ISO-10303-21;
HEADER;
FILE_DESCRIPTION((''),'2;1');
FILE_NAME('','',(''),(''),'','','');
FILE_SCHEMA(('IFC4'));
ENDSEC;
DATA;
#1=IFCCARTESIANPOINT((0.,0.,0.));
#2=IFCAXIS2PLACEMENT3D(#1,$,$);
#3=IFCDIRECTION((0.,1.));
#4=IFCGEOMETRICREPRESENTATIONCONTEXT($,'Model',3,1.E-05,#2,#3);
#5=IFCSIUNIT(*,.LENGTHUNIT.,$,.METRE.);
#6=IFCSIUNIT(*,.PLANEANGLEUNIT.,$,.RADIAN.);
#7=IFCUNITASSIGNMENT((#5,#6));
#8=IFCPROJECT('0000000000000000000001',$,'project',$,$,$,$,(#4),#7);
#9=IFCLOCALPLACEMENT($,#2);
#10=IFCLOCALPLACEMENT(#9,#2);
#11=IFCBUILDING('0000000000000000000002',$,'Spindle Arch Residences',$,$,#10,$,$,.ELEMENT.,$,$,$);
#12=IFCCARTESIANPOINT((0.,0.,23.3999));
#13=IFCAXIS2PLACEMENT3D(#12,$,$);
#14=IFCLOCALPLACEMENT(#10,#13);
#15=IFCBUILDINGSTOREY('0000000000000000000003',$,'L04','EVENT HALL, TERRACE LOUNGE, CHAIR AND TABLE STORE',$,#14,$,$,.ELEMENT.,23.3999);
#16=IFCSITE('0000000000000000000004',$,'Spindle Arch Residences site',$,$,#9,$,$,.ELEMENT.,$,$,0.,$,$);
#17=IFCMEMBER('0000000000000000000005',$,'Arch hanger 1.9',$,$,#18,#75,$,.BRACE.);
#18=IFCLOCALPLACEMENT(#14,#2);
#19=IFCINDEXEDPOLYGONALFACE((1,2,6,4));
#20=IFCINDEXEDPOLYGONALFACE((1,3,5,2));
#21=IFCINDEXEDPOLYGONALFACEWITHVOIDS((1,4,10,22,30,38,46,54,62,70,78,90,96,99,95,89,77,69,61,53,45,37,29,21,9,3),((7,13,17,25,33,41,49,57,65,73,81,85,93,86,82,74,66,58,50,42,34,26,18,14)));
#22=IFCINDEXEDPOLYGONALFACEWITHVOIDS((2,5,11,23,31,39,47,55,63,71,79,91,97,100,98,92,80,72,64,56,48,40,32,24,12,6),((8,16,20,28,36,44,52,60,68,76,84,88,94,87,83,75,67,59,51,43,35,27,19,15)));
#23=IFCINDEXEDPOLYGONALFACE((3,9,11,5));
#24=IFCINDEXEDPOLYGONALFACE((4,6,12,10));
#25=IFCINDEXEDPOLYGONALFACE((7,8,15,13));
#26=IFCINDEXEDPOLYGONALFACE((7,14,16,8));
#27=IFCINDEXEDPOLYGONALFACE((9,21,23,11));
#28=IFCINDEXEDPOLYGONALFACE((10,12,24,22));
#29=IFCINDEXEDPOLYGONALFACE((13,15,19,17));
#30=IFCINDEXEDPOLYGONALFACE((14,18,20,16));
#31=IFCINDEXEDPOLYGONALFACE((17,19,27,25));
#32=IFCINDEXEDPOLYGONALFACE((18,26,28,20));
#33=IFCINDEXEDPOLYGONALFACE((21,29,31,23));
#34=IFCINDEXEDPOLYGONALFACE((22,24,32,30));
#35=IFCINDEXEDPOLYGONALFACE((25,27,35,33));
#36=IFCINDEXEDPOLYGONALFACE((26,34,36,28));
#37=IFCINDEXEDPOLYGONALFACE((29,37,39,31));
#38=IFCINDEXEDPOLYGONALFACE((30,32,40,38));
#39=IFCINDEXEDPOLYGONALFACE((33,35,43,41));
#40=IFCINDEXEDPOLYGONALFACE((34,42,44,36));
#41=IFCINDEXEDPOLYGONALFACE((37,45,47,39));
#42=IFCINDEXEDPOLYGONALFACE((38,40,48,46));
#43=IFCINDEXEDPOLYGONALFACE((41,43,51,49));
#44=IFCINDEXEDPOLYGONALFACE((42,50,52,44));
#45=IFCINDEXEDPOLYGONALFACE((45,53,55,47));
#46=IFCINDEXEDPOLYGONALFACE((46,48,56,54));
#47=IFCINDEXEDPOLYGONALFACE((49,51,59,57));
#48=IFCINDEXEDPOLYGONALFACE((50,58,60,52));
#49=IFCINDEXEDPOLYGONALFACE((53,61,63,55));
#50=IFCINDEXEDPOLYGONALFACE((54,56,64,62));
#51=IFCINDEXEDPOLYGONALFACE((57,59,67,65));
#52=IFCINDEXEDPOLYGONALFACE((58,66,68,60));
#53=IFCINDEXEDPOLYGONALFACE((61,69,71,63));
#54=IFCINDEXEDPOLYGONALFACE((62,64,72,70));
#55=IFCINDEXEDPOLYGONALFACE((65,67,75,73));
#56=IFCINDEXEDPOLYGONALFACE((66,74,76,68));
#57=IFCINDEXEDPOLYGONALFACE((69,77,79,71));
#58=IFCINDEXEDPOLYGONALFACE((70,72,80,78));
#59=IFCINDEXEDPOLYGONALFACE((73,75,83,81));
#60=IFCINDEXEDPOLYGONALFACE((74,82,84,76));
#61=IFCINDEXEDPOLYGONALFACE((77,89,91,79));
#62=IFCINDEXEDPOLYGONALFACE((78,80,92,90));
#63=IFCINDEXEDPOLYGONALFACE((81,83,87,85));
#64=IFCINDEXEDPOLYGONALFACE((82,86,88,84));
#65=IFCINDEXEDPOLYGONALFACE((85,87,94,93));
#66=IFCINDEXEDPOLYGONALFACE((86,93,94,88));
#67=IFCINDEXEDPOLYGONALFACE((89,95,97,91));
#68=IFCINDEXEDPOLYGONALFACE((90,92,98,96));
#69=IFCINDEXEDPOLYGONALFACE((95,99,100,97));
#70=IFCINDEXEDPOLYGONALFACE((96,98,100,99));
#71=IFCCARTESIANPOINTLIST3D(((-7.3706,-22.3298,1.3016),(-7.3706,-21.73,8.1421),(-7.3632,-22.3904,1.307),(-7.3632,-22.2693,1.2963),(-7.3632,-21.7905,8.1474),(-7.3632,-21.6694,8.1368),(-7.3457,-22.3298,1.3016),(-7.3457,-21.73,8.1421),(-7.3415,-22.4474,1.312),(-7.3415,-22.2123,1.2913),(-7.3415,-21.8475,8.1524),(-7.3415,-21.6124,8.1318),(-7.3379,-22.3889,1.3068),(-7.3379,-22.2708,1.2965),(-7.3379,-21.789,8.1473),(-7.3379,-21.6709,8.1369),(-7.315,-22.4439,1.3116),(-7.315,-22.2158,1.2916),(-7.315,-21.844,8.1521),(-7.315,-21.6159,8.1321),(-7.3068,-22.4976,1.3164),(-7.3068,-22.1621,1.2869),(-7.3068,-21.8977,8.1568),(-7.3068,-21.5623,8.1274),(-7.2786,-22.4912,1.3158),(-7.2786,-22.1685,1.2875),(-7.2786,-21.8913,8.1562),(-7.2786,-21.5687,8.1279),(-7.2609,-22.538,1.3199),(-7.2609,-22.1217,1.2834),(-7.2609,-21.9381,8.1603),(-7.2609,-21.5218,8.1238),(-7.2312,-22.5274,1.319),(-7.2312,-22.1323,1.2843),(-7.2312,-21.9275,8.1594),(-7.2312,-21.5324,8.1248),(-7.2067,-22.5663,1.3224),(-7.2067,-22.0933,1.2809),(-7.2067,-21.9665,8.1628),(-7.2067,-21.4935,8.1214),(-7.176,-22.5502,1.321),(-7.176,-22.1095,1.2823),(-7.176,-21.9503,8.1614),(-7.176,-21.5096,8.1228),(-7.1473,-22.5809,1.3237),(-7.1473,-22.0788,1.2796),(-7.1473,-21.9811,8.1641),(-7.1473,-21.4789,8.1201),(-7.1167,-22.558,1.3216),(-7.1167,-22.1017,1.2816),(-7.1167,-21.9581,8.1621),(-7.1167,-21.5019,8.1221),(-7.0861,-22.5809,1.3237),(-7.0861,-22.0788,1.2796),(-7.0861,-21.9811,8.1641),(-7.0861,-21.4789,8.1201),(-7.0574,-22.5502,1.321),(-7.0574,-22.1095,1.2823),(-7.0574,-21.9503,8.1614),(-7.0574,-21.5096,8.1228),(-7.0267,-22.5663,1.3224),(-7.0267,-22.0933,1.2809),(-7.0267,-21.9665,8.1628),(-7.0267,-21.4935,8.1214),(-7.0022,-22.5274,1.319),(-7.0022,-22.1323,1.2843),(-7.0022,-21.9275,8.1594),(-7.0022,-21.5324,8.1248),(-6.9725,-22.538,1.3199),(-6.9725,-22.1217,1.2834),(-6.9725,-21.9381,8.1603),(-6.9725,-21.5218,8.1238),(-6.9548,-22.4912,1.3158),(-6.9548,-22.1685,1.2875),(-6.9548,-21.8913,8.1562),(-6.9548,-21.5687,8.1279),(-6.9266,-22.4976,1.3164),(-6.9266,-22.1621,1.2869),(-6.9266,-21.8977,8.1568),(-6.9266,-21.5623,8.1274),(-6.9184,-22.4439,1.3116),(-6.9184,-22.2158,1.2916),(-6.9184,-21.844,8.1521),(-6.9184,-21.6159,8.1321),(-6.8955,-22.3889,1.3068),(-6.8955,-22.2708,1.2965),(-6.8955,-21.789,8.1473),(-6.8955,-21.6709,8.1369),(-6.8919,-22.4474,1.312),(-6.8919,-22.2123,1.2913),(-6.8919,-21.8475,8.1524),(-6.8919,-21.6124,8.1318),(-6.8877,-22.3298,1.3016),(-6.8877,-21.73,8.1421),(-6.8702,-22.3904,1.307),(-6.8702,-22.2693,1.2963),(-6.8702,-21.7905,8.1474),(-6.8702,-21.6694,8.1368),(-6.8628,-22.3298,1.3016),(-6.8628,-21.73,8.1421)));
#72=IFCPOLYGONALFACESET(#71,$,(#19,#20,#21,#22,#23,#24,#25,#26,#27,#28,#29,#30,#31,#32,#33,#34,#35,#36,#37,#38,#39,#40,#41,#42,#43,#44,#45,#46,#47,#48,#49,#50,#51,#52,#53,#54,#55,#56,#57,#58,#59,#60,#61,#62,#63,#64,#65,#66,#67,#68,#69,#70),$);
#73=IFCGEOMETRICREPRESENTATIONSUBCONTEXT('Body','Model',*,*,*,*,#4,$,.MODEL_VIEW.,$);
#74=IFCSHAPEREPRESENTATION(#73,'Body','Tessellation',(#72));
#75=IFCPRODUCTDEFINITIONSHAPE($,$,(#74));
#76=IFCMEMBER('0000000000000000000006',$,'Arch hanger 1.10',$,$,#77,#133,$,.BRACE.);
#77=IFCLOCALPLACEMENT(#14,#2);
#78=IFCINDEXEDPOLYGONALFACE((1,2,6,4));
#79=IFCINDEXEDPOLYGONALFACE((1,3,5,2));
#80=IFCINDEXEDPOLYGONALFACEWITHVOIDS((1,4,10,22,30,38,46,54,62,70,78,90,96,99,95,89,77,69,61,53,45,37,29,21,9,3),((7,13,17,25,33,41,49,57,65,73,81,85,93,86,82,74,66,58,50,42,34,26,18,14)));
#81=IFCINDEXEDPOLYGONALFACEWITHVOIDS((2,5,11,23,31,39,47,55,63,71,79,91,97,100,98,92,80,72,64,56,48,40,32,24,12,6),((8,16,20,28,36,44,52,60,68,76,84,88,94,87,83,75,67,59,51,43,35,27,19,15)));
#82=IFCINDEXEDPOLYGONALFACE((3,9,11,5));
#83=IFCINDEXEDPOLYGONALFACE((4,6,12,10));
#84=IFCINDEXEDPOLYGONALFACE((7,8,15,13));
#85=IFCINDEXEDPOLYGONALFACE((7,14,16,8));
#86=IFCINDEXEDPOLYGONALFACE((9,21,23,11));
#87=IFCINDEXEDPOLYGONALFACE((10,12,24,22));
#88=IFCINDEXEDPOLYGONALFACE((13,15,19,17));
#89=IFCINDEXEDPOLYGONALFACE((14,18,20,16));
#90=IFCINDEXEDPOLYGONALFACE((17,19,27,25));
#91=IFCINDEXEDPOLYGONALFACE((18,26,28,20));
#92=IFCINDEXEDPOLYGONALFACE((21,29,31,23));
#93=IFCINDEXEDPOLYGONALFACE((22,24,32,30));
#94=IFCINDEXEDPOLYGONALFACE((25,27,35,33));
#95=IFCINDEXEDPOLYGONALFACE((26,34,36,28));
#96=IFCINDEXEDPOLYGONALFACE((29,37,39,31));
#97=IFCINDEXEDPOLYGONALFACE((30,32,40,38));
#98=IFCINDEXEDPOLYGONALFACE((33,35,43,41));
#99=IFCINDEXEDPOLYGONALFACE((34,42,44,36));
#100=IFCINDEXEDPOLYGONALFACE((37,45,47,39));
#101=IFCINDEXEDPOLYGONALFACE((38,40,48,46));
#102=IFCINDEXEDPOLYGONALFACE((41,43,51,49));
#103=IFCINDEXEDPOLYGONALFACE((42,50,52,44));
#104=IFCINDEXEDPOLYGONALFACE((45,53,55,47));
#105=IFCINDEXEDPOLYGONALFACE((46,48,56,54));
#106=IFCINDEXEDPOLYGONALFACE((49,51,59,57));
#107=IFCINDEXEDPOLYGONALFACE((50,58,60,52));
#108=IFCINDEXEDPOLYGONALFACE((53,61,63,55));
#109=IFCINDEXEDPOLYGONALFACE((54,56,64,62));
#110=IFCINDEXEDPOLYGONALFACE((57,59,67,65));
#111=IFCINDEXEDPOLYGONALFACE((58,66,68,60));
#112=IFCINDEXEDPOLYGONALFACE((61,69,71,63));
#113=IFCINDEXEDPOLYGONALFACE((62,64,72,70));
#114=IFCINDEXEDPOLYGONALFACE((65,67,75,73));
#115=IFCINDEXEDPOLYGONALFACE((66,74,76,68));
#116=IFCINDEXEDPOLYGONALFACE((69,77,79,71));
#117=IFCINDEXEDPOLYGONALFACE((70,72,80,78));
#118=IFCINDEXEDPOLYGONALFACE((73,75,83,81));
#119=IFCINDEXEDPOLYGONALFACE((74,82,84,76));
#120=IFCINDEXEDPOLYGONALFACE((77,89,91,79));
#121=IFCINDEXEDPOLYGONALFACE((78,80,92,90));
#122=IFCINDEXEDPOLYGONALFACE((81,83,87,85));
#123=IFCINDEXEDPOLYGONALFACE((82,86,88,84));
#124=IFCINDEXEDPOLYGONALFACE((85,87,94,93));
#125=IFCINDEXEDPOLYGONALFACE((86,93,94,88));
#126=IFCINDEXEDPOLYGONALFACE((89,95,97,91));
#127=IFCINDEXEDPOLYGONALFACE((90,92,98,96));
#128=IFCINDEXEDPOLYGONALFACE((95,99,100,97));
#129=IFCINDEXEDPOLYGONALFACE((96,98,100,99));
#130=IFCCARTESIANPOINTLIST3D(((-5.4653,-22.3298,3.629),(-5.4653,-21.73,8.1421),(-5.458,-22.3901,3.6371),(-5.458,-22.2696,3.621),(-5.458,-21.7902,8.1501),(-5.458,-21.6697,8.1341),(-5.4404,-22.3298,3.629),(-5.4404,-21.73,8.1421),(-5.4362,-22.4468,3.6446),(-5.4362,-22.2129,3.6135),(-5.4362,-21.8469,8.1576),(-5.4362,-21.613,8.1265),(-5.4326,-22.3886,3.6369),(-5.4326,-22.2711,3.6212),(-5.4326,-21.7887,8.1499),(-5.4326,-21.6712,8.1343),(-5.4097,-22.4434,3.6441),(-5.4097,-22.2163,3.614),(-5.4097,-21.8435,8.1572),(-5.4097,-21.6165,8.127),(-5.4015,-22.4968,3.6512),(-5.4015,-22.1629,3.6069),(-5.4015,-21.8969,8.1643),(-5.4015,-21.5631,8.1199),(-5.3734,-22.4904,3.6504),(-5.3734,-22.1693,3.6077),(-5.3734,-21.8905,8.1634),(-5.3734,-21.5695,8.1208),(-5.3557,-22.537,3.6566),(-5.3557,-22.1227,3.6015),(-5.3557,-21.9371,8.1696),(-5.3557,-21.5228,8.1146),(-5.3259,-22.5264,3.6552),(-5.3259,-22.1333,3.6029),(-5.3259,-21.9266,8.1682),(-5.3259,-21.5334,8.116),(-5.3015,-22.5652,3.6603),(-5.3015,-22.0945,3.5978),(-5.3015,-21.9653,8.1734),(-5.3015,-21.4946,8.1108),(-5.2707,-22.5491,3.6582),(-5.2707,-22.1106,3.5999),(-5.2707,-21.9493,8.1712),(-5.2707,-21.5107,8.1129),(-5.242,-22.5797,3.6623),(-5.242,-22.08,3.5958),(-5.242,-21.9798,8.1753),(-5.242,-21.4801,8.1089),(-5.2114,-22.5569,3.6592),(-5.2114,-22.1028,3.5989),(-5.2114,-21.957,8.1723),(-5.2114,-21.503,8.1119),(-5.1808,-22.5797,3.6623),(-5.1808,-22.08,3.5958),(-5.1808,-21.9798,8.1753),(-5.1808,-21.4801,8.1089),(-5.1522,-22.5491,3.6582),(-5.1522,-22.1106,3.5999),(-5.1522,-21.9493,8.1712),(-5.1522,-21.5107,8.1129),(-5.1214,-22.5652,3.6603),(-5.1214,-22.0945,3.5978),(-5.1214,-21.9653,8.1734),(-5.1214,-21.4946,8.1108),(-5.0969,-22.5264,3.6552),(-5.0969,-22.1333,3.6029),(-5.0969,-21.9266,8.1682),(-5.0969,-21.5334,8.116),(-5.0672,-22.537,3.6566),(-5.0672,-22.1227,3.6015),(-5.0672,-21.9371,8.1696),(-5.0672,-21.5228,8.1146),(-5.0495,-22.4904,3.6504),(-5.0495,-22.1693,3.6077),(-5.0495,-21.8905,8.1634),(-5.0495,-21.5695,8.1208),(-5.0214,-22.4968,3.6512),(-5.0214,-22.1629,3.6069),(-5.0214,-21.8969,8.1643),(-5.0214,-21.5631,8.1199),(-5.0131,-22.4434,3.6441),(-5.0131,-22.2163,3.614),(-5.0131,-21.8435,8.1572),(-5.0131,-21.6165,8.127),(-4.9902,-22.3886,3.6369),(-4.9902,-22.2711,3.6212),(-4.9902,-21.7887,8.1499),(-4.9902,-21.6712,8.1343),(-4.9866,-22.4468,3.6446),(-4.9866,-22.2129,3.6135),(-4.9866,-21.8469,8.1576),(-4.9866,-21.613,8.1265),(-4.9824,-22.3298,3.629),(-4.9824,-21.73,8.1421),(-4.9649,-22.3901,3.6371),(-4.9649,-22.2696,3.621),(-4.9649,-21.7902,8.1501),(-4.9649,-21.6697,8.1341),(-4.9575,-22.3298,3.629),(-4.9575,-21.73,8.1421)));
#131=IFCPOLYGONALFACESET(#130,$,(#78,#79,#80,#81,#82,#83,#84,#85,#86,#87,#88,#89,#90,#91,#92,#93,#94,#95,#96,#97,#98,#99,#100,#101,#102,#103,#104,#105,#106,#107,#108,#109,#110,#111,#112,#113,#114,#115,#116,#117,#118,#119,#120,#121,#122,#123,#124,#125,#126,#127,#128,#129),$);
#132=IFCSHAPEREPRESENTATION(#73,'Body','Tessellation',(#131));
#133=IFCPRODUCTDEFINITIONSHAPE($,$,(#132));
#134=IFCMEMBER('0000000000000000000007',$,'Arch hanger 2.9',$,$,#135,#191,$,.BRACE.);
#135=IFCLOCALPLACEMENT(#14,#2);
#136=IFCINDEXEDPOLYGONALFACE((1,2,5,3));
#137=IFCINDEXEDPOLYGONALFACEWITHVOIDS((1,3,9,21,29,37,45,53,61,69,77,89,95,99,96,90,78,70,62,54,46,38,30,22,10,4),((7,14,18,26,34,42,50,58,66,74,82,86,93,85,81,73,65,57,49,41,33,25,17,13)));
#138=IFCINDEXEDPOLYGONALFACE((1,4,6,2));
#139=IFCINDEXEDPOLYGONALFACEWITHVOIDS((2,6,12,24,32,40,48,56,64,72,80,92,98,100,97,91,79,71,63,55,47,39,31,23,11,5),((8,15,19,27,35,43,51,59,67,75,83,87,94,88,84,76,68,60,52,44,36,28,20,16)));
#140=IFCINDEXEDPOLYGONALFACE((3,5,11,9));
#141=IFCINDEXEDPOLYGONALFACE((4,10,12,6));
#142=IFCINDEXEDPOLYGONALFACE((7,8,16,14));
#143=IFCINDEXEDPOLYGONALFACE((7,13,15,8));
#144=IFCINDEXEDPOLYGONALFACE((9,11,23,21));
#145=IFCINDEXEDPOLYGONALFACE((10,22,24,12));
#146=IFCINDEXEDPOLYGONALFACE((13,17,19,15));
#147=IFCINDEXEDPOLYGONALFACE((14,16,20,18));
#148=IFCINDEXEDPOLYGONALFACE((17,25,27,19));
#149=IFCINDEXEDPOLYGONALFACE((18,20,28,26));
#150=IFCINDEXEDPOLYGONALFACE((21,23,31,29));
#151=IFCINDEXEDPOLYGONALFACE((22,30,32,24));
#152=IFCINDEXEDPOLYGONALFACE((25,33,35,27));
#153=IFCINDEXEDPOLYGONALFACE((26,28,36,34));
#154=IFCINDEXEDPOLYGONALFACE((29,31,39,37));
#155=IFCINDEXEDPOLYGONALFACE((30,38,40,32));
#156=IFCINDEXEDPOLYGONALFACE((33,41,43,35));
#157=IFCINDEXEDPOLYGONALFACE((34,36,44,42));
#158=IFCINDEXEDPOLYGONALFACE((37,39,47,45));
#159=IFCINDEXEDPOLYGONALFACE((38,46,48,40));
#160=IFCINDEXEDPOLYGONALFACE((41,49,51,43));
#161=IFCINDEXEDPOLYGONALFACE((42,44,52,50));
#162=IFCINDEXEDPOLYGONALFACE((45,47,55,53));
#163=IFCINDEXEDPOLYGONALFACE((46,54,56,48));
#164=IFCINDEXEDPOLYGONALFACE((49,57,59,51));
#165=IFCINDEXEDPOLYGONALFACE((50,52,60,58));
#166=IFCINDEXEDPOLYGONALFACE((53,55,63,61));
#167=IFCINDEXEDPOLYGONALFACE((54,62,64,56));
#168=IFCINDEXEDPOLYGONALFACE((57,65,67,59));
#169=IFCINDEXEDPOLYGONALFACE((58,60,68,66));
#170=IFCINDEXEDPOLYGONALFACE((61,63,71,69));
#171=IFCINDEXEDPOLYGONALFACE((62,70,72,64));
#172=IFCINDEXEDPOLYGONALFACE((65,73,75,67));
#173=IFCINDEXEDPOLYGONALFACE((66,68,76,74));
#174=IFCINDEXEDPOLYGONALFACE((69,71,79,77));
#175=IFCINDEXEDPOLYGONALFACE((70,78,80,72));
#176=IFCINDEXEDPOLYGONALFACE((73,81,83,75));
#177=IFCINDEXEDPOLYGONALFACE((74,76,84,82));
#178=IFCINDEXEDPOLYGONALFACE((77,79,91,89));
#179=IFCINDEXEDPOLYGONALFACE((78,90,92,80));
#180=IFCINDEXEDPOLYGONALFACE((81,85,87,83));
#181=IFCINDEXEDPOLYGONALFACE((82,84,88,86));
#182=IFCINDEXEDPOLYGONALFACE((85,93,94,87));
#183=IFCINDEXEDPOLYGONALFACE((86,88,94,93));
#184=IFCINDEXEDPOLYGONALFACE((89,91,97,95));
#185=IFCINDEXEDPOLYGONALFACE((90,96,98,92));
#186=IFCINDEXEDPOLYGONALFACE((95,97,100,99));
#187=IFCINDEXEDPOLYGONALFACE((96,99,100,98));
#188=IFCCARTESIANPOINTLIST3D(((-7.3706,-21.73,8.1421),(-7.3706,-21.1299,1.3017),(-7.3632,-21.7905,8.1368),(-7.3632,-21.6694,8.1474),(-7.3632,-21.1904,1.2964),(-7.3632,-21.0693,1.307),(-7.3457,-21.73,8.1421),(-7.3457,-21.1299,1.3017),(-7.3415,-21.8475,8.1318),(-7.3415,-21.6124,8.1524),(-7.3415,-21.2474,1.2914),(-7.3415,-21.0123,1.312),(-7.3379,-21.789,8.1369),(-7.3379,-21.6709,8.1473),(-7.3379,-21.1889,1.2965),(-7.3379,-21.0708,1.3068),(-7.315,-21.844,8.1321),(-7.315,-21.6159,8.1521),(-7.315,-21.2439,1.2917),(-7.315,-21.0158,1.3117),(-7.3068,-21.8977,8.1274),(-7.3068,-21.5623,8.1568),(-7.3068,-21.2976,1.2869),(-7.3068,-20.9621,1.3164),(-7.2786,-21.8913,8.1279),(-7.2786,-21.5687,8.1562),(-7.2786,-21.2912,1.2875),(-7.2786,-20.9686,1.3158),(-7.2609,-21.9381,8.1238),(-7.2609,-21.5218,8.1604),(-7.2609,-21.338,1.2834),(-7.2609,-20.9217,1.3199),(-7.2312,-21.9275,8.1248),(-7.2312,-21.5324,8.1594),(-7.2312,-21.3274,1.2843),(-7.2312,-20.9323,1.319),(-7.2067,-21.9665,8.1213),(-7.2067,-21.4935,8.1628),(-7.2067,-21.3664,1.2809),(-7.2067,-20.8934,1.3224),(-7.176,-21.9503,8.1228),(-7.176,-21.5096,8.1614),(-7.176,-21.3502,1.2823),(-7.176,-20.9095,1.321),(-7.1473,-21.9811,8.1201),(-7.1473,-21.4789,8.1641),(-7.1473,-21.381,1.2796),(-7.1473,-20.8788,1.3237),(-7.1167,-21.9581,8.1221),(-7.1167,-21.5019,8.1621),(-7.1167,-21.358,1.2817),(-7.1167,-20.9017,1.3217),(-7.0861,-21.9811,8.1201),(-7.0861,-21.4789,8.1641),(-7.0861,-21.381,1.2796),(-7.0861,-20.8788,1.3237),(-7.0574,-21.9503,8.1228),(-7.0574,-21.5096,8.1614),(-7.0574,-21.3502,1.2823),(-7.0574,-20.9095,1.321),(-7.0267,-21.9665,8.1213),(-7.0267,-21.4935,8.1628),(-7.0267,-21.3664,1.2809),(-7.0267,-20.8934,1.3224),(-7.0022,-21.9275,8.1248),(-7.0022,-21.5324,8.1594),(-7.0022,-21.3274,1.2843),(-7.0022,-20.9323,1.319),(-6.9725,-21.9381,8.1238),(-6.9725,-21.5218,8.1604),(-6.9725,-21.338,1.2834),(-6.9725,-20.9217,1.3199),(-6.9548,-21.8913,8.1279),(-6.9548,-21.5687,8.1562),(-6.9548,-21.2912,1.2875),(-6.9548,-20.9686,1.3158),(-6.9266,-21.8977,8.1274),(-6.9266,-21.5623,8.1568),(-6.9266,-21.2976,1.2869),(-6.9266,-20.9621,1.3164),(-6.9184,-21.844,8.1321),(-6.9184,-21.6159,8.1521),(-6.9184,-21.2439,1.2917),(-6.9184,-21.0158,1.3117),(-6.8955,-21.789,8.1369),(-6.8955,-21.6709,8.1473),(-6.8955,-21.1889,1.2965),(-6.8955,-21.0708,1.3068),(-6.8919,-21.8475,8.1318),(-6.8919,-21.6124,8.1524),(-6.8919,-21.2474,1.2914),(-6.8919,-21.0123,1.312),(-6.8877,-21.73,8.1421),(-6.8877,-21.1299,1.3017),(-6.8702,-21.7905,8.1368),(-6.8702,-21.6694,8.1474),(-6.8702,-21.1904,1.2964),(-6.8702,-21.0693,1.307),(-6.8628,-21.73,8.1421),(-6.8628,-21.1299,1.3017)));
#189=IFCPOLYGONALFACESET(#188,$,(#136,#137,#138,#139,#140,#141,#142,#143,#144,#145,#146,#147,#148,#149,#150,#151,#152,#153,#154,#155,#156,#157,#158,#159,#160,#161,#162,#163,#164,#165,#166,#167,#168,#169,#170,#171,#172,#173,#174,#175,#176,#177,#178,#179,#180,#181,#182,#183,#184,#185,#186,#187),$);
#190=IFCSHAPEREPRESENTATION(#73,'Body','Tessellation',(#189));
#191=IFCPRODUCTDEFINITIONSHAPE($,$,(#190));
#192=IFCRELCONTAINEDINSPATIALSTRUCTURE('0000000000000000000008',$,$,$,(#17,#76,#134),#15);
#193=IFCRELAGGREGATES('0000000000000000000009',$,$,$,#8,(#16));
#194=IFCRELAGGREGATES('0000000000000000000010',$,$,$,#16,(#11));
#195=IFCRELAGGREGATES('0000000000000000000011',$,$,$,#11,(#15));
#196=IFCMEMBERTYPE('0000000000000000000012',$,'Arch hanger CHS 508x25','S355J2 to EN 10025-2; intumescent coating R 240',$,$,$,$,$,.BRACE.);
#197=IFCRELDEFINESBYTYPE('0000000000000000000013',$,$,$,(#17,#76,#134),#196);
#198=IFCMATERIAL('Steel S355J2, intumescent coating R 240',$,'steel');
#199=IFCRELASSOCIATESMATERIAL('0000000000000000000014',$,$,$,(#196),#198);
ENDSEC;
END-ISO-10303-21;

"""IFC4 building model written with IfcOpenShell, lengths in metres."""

from ifc_helpers import new_model, si_unit, direction, frame, origin, origin_2d, place, context, subcontext, project, spatial, hollow_circle, extrude, material, material_profile, profile_set, type_object, element, save


model = new_model("IFC4")

# Units and contexts
model_context = context("Model", 3, precision=1e-05, world=origin(), true_north=direction((0.0, 1.0)))
body_context = subcontext(model_context, "Body", "Model", "MODEL_VIEW")
ifc_project = project(units=[si_unit("LENGTHUNIT", "METRE"), si_unit("PLANEANGLEUNIT", "RADIAN")], contexts=[model_context])

# Site, building, storey
site_placement = place(None, origin())
site = spatial("IfcSite", under=ifc_project, at=site_placement, Name="Spindle Arch Residences site", CompositionType="ELEMENT", RefElevation=0.0)
building_placement = place(site_placement, origin())
building = spatial("IfcBuilding", under=site, at=building_placement, Name="Spindle Arch Residences", CompositionType="ELEMENT")
storey_placement = place(building_placement, frame((0.0, 0.0, 23.3999)))
storey = spatial("IfcBuildingStorey", under=building, at=storey_placement, Name="L04", Description="EVENT HALL, TERRACE LOUNGE, CHAIR AND TABLE STORE", CompositionType="ELEMENT", Elevation=23.3999)

# Members
ifc_material_1 = material(Name="Steel S355J2, intumescent coating R 240", Category="steel")
ifc_material_profile_1 = material_profile(ifc_material_1, hollow_circle(Radius=0.2539, WallThickness=0.0249, at=origin_2d()), Name="CHS 508x25")
ifc_profile_set_1 = profile_set([ifc_material_profile_1], Name="Steel S355J2, intumescent coating R 240")
member_type_1 = type_object("IfcMemberType", Name="Arch hanger CHS 508x25", Description="S355J2 to EN 10025-2; intumescent coating R 240", PredefinedType="BRACE", material=ifc_profile_set_1)
member_1_placement = place(storey_placement, frame((-7.1167, -21.73, 8.1421), z_axis=(0.0, -0.087358, -0.996177), x_axis=(1.0, 0.0, 0.0)))
element("IfcMember", 1, at=member_1_placement, inside=storey, type_object=member_type_1, Name="Arch hanger 1.9", PredefinedType="BRACE", context=body_context, shape_type="SweptSolid", body=[
    extrude(hollow_circle(Radius=0.2539, WallThickness=0.0249, at=origin_2d()), origin(), (0.0, 0.0, 1.0), 6.8667),
])
member_2_placement = place(storey_placement, frame((-5.2114, -21.73, 8.1421), z_axis=(0.0, -0.13176, -0.991282), x_axis=(1.0, 0.0, 0.0)))
element("IfcMember", 2, at=member_2_placement, inside=storey, type_object=member_type_1, Name="Arch hanger 1.10", PredefinedType="BRACE", context=body_context, shape_type="SweptSolid", body=[
    extrude(hollow_circle(Radius=0.2539, WallThickness=0.0249, at=origin_2d()), origin(), (0.0, 0.0, 1.0), 4.5527),
])
member_3_placement = place(storey_placement, frame((-7.1167, -21.73, 8.1421), z_axis=(0.0, 0.087394, -0.996174), x_axis=(-1.0, 0.0, 0.0)))
element("IfcMember", 3, at=member_3_placement, inside=storey, type_object=member_type_1, Name="Arch hanger 2.9", PredefinedType="BRACE", context=body_context, shape_type="SweptSolid", body=[
    extrude(hollow_circle(Radius=0.2539, WallThickness=0.0249, at=origin_2d()), origin(), (0.0, 0.0, 1.0), 6.8667),
])

save(model, "model.ifc")
